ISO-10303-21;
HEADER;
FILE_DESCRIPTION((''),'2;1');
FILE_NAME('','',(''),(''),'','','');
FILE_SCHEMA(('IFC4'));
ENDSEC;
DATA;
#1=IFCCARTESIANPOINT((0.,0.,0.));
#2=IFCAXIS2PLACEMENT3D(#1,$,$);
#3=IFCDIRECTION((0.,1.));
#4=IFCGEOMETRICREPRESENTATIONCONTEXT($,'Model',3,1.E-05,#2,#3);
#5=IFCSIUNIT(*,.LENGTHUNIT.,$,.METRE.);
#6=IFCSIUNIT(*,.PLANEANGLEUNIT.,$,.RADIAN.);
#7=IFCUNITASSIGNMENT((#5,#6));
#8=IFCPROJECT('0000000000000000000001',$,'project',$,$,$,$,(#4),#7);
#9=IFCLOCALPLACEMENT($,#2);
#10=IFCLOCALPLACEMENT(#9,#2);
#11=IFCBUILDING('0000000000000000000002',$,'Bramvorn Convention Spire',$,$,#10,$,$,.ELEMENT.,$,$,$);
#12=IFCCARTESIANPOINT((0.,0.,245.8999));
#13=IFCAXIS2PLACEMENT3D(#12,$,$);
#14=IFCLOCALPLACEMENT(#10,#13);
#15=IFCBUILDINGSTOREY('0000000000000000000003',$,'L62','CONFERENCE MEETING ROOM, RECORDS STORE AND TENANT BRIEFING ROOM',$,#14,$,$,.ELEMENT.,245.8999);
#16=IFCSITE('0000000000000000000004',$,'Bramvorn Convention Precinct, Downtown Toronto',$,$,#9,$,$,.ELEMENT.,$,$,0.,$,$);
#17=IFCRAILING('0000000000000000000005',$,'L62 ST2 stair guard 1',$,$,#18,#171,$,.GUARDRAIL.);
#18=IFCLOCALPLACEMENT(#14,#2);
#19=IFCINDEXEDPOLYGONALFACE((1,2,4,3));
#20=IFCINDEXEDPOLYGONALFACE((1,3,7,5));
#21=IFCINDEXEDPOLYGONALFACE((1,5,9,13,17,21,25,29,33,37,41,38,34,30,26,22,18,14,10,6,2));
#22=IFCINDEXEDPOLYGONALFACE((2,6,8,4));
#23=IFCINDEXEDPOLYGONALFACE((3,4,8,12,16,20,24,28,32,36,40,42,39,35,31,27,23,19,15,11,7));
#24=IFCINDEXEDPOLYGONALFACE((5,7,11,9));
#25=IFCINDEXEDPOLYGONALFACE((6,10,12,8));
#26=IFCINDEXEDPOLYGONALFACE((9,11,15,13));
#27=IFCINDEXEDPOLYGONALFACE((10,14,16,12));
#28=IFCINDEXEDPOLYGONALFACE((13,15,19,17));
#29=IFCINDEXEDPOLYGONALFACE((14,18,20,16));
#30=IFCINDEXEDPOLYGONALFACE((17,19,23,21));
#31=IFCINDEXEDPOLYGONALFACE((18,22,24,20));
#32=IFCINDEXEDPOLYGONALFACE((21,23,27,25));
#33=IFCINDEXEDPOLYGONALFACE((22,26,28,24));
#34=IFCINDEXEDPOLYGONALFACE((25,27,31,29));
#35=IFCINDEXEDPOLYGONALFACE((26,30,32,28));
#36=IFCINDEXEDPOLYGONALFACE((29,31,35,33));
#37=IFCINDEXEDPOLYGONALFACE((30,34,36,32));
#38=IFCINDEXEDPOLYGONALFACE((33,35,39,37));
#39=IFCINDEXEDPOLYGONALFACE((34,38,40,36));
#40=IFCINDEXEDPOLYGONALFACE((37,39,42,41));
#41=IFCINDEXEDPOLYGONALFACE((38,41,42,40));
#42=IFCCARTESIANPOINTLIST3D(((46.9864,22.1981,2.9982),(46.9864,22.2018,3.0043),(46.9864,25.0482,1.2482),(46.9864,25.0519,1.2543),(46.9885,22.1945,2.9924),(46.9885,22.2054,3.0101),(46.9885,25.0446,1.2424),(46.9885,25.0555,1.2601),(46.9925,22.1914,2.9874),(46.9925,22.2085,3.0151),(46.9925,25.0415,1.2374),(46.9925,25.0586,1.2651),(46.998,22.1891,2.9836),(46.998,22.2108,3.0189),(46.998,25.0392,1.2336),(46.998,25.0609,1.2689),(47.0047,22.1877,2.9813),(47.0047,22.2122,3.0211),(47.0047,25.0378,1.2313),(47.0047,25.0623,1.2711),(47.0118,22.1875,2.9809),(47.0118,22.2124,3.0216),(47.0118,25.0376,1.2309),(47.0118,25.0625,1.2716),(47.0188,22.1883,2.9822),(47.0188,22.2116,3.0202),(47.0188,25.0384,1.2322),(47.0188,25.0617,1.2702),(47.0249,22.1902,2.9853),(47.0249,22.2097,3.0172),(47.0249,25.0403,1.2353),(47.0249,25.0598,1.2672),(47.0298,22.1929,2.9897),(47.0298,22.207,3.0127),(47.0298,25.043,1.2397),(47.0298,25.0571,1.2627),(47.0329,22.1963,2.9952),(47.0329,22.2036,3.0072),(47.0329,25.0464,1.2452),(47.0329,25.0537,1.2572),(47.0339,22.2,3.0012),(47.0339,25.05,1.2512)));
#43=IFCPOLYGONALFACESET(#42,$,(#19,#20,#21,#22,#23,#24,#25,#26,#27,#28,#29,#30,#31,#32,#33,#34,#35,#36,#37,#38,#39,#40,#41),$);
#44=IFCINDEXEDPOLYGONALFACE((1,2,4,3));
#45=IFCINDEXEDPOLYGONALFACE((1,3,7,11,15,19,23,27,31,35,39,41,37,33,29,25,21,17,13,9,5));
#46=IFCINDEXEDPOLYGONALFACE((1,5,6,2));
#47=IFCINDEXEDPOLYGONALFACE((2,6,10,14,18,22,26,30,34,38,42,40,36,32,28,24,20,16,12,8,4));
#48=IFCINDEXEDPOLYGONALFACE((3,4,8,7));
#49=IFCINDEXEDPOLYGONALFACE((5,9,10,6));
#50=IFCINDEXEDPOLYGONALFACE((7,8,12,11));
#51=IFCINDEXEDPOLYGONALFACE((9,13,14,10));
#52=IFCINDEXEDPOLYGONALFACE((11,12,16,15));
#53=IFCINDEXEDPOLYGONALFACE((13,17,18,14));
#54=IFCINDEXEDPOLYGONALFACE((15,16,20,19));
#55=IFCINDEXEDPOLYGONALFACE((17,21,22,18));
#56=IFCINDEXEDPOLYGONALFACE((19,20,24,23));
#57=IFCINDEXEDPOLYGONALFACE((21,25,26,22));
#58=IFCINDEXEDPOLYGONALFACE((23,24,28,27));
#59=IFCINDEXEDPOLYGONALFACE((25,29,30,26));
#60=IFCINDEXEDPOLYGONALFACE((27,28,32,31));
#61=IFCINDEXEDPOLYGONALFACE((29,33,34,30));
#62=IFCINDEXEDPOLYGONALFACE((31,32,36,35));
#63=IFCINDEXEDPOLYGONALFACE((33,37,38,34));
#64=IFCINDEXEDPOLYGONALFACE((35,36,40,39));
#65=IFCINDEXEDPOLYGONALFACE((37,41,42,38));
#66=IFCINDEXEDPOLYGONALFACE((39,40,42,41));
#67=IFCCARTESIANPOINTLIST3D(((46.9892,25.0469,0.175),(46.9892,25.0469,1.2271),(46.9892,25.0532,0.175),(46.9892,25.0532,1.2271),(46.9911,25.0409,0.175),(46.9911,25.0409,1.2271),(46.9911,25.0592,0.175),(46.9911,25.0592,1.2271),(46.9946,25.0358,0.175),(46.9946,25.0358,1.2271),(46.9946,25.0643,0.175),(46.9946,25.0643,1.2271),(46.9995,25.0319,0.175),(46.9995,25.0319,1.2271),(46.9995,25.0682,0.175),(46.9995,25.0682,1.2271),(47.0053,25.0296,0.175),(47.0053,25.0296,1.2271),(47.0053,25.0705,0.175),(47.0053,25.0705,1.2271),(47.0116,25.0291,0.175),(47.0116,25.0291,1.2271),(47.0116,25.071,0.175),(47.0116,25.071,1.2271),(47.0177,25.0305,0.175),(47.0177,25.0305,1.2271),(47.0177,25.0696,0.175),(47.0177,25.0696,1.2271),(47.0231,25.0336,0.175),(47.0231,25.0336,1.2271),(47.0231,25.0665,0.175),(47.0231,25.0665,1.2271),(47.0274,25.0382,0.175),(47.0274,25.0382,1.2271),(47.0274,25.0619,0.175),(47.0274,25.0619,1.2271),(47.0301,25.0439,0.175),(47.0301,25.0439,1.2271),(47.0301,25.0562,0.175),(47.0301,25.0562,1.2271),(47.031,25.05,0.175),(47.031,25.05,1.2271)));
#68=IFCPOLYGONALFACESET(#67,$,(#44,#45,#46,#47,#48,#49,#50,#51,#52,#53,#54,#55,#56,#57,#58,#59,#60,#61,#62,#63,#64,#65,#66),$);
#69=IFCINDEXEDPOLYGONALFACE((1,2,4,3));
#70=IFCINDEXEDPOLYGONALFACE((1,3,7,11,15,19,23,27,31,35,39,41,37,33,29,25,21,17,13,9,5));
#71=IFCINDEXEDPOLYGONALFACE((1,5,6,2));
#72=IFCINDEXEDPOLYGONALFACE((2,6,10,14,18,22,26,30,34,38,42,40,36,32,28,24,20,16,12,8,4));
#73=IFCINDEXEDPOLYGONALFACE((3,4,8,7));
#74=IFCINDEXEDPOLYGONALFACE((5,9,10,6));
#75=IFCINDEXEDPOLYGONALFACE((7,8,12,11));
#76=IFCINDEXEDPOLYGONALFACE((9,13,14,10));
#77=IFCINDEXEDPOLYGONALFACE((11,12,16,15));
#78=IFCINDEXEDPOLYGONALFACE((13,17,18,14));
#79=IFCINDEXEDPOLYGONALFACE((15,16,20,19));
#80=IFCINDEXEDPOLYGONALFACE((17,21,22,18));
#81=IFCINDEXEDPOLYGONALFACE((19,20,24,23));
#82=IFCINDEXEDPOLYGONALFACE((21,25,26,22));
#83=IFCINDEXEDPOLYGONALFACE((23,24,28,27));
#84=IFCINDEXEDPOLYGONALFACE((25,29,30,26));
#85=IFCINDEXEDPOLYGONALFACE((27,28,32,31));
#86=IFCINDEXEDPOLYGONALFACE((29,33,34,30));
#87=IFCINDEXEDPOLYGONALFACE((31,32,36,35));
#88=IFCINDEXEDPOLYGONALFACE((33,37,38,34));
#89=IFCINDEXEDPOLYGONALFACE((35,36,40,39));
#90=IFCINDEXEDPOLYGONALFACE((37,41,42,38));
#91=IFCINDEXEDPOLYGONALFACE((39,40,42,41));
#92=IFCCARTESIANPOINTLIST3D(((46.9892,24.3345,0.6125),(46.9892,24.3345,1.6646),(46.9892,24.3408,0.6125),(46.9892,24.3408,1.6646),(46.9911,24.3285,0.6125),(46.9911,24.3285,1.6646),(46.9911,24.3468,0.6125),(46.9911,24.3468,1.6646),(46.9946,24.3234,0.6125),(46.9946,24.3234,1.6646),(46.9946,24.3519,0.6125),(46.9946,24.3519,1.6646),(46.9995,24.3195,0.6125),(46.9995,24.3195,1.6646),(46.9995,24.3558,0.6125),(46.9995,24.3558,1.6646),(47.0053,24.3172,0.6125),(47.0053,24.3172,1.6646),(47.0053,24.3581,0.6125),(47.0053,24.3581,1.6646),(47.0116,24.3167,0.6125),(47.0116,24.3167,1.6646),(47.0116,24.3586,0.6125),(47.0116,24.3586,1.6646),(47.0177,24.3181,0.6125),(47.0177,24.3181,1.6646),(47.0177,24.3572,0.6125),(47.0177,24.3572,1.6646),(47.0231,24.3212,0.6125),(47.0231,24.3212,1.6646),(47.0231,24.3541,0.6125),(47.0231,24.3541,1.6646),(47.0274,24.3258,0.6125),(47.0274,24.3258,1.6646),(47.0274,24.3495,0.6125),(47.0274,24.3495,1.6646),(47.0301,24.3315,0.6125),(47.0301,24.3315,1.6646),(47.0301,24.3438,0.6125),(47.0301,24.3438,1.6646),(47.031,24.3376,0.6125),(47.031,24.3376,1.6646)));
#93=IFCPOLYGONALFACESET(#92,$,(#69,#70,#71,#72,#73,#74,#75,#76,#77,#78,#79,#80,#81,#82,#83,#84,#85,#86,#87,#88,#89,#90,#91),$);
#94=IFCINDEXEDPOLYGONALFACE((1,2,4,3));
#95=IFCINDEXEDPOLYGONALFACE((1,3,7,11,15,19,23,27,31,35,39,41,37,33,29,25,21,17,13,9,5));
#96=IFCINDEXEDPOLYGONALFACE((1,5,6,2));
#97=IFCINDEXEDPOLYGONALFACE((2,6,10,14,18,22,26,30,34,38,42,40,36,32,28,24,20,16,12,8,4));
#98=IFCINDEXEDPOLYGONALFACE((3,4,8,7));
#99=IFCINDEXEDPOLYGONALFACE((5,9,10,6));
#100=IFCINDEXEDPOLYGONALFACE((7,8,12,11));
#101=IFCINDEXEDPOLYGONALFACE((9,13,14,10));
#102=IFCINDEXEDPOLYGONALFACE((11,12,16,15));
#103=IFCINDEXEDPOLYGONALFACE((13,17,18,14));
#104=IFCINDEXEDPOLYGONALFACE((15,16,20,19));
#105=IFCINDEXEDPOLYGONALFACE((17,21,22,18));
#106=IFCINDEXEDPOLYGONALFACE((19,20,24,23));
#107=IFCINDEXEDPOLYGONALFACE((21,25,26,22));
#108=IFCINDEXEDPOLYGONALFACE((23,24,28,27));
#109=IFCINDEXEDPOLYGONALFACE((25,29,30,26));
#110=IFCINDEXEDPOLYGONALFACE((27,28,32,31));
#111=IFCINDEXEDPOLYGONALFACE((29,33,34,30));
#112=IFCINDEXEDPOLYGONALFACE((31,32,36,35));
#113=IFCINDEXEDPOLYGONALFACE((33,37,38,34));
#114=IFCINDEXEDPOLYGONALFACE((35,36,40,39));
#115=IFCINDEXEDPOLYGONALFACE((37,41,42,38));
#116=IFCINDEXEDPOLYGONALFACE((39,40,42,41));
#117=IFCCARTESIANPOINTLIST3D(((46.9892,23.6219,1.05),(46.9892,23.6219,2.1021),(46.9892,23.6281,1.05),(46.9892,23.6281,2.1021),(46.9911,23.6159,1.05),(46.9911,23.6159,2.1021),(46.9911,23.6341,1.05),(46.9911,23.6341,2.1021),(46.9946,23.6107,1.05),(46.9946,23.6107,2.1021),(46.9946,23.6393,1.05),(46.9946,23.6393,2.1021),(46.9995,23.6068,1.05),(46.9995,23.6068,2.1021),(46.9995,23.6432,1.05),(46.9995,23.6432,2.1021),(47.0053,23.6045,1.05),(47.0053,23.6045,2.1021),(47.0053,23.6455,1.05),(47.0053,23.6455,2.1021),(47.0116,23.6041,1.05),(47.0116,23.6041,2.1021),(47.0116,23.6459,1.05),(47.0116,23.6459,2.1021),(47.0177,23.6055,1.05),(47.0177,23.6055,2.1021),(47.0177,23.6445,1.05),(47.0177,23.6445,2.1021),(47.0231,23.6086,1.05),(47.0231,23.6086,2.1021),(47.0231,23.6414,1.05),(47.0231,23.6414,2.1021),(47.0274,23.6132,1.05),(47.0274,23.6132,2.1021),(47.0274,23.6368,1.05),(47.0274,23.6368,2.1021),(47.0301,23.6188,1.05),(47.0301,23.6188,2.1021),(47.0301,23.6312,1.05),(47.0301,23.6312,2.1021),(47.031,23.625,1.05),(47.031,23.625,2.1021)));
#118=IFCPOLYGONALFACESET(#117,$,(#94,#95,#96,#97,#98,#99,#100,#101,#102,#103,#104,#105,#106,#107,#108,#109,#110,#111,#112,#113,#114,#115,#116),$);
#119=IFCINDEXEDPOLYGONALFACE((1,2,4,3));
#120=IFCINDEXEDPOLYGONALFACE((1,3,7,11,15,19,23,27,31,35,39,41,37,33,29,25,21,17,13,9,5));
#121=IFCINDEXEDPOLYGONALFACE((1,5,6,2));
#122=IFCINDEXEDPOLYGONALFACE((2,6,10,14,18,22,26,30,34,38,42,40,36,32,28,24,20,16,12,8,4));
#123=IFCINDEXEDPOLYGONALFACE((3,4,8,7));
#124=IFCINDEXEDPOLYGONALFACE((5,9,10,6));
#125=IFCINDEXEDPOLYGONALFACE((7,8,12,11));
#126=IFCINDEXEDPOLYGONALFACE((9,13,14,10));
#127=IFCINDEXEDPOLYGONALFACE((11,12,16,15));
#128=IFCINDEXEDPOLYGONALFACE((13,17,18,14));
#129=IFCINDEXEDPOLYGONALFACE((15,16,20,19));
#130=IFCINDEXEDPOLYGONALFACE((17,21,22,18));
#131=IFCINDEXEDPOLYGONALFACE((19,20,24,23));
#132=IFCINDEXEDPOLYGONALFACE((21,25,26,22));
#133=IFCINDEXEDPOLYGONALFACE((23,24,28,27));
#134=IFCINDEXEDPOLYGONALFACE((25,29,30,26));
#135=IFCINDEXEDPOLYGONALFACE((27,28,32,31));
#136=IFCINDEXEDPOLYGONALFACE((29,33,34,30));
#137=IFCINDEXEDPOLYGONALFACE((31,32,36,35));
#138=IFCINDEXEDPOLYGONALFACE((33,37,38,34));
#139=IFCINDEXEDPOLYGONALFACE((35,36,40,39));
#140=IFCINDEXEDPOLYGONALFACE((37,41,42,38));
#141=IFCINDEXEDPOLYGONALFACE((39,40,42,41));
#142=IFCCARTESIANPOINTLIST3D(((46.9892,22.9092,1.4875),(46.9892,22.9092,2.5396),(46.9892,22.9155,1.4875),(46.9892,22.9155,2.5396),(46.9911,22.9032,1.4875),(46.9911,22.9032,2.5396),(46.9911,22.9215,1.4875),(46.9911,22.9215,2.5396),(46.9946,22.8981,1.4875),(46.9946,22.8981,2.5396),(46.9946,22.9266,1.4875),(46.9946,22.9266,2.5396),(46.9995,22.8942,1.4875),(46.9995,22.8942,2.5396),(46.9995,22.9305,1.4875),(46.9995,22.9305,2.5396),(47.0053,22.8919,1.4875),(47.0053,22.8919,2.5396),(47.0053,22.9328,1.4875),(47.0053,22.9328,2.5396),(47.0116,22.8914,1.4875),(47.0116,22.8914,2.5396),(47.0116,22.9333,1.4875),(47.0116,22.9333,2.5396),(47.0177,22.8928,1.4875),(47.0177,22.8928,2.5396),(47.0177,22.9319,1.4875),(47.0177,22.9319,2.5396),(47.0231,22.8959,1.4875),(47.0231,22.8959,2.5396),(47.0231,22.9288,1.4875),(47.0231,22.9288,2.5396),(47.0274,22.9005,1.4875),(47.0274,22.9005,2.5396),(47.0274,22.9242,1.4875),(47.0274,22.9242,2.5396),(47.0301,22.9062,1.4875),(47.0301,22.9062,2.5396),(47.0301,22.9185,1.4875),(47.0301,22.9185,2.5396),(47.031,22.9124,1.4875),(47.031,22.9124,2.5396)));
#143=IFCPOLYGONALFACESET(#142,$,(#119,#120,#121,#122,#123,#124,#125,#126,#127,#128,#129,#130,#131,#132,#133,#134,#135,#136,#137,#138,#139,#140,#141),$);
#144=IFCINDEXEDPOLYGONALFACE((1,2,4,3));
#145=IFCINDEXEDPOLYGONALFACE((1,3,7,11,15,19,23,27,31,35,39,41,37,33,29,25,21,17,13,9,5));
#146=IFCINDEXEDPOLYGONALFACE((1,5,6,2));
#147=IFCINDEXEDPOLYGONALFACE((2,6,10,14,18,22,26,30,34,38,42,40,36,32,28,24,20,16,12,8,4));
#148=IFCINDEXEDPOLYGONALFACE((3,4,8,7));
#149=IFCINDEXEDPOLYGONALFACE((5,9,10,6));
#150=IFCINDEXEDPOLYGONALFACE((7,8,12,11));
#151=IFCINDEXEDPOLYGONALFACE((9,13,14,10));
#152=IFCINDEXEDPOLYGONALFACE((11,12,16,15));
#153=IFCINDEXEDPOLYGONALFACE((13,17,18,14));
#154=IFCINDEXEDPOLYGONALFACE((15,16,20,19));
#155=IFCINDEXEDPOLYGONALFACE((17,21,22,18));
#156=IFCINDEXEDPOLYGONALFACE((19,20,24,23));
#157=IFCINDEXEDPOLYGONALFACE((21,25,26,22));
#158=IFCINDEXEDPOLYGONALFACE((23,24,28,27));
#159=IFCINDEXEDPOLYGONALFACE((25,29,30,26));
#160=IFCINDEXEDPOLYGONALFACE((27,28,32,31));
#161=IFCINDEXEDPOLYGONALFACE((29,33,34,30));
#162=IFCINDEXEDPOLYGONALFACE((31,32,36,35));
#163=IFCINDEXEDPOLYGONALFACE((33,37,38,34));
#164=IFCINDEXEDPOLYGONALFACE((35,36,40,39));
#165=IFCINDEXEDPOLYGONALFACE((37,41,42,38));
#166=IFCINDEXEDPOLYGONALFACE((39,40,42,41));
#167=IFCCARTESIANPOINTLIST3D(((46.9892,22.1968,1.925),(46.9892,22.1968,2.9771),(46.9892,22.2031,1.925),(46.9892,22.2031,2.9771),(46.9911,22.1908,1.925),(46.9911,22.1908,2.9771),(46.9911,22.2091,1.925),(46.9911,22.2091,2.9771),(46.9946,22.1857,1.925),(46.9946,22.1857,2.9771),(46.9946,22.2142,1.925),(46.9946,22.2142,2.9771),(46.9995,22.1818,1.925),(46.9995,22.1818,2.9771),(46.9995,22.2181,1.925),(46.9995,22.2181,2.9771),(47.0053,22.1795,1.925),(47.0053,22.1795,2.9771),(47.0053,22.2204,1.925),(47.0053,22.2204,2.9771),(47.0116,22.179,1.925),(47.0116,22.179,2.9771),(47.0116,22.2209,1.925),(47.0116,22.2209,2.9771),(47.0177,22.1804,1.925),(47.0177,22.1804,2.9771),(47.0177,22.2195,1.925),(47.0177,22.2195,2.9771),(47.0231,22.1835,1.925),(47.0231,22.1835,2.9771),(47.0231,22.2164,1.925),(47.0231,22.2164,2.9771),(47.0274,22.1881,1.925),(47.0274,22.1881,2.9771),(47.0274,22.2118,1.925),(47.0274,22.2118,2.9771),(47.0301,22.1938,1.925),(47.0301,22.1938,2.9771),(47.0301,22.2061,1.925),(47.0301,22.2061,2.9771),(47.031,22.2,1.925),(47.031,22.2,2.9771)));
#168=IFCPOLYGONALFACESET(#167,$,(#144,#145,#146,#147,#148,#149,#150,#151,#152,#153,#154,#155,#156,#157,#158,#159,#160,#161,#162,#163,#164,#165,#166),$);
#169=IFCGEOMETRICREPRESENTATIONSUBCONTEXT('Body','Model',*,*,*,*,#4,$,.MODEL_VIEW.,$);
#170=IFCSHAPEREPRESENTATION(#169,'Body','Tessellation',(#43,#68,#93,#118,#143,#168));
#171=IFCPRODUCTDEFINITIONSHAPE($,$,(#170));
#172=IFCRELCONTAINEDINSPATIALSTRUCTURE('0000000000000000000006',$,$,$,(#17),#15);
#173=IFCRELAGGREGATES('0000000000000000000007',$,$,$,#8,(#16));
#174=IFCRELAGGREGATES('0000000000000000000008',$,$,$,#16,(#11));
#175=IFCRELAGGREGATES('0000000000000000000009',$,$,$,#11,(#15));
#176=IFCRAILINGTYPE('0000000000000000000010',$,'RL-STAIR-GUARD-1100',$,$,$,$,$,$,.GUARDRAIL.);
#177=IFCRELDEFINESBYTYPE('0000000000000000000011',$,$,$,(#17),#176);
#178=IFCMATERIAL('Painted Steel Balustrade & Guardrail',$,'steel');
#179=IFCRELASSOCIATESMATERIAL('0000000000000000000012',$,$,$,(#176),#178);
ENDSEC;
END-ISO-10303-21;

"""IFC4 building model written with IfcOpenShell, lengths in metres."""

from ifc_helpers import new_model, si_unit, direction, frame, origin, origin_2d, place, context, subcontext, project, spatial, circle, extrude, material, type_object, element, save


model = new_model("IFC4")

# Units and contexts
model_context = context("Model", 3, precision=1e-05, world=origin(), true_north=direction((0.0, 1.0)))
body_context = subcontext(model_context, "Body", "Model", "MODEL_VIEW")
ifc_project = project(units=[si_unit("LENGTHUNIT", "METRE"), si_unit("PLANEANGLEUNIT", "RADIAN")], contexts=[model_context])

# Site, building, storey
site_placement = place(None, origin())
site = spatial("IfcSite", under=ifc_project, at=site_placement, Name="Bramvorn Convention Precinct, Downtown Toronto", CompositionType="ELEMENT", RefElevation=0.0)
building_placement = place(site_placement, origin())
building = spatial("IfcBuilding", under=site, at=building_placement, Name="Bramvorn Convention Spire", CompositionType="ELEMENT")
storey_placement = place(building_placement, frame((0.0, 0.0, 245.8999)))
storey = spatial("IfcBuildingStorey", under=building, at=storey_placement, Name="L62", Description="CONFERENCE MEETING ROOM, RECORDS STORE AND TENANT BRIEFING ROOM", CompositionType="ELEMENT", Elevation=245.8999)

# Railing
ifc_material_1 = material(Name="Painted Steel Balustrade & Guardrail", Category="steel")
railing_type_1 = type_object("IfcRailingType", Name="RL-STAIR-GUARD-1100", PredefinedType="GUARDRAIL", material=ifc_material_1)
railing_1_placement = place(storey_placement, frame((47.01, 25.05, 0.175)))
element("IfcRailing", 1, at=railing_1_placement, inside=storey, type_object=railing_type_1, Name="L62 ST2 stair guard 1", PredefinedType="GUARDRAIL", context=body_context, shape_type="SweptSolid", body=[
    extrude(circle(Radius=0.0239, at=origin_2d()), frame((0.0, 0.0, 1.0762), z_axis=(0.0, -0.852179, 0.52325), x_axis=(1.0, 0.0, 0.0)), (0.0, 0.0, 1.0), 3.3445),
    extrude(circle(Radius=0.021, at=origin_2d()), origin(), (0.0, 0.0, 1.0), 1.052),
    extrude(circle(Radius=0.021, at=origin_2d()), frame((0.0, -0.7124, 0.4375)), (0.0, 0.0, 1.0), 1.052),
    extrude(circle(Radius=0.021, at=origin_2d()), frame((0.0, -1.425, 0.875)), (0.0, 0.0, 1.0), 1.052),
    extrude(circle(Radius=0.021, at=origin_2d()), frame((0.0, -2.1377, 1.3125)), (0.0, 0.0, 1.0), 1.052),
    extrude(circle(Radius=0.021, at=origin_2d()), frame((0.0, -2.8501, 1.75)), (0.0, 0.0, 1.0), 1.052),
])

save(model, "model.ifc")
